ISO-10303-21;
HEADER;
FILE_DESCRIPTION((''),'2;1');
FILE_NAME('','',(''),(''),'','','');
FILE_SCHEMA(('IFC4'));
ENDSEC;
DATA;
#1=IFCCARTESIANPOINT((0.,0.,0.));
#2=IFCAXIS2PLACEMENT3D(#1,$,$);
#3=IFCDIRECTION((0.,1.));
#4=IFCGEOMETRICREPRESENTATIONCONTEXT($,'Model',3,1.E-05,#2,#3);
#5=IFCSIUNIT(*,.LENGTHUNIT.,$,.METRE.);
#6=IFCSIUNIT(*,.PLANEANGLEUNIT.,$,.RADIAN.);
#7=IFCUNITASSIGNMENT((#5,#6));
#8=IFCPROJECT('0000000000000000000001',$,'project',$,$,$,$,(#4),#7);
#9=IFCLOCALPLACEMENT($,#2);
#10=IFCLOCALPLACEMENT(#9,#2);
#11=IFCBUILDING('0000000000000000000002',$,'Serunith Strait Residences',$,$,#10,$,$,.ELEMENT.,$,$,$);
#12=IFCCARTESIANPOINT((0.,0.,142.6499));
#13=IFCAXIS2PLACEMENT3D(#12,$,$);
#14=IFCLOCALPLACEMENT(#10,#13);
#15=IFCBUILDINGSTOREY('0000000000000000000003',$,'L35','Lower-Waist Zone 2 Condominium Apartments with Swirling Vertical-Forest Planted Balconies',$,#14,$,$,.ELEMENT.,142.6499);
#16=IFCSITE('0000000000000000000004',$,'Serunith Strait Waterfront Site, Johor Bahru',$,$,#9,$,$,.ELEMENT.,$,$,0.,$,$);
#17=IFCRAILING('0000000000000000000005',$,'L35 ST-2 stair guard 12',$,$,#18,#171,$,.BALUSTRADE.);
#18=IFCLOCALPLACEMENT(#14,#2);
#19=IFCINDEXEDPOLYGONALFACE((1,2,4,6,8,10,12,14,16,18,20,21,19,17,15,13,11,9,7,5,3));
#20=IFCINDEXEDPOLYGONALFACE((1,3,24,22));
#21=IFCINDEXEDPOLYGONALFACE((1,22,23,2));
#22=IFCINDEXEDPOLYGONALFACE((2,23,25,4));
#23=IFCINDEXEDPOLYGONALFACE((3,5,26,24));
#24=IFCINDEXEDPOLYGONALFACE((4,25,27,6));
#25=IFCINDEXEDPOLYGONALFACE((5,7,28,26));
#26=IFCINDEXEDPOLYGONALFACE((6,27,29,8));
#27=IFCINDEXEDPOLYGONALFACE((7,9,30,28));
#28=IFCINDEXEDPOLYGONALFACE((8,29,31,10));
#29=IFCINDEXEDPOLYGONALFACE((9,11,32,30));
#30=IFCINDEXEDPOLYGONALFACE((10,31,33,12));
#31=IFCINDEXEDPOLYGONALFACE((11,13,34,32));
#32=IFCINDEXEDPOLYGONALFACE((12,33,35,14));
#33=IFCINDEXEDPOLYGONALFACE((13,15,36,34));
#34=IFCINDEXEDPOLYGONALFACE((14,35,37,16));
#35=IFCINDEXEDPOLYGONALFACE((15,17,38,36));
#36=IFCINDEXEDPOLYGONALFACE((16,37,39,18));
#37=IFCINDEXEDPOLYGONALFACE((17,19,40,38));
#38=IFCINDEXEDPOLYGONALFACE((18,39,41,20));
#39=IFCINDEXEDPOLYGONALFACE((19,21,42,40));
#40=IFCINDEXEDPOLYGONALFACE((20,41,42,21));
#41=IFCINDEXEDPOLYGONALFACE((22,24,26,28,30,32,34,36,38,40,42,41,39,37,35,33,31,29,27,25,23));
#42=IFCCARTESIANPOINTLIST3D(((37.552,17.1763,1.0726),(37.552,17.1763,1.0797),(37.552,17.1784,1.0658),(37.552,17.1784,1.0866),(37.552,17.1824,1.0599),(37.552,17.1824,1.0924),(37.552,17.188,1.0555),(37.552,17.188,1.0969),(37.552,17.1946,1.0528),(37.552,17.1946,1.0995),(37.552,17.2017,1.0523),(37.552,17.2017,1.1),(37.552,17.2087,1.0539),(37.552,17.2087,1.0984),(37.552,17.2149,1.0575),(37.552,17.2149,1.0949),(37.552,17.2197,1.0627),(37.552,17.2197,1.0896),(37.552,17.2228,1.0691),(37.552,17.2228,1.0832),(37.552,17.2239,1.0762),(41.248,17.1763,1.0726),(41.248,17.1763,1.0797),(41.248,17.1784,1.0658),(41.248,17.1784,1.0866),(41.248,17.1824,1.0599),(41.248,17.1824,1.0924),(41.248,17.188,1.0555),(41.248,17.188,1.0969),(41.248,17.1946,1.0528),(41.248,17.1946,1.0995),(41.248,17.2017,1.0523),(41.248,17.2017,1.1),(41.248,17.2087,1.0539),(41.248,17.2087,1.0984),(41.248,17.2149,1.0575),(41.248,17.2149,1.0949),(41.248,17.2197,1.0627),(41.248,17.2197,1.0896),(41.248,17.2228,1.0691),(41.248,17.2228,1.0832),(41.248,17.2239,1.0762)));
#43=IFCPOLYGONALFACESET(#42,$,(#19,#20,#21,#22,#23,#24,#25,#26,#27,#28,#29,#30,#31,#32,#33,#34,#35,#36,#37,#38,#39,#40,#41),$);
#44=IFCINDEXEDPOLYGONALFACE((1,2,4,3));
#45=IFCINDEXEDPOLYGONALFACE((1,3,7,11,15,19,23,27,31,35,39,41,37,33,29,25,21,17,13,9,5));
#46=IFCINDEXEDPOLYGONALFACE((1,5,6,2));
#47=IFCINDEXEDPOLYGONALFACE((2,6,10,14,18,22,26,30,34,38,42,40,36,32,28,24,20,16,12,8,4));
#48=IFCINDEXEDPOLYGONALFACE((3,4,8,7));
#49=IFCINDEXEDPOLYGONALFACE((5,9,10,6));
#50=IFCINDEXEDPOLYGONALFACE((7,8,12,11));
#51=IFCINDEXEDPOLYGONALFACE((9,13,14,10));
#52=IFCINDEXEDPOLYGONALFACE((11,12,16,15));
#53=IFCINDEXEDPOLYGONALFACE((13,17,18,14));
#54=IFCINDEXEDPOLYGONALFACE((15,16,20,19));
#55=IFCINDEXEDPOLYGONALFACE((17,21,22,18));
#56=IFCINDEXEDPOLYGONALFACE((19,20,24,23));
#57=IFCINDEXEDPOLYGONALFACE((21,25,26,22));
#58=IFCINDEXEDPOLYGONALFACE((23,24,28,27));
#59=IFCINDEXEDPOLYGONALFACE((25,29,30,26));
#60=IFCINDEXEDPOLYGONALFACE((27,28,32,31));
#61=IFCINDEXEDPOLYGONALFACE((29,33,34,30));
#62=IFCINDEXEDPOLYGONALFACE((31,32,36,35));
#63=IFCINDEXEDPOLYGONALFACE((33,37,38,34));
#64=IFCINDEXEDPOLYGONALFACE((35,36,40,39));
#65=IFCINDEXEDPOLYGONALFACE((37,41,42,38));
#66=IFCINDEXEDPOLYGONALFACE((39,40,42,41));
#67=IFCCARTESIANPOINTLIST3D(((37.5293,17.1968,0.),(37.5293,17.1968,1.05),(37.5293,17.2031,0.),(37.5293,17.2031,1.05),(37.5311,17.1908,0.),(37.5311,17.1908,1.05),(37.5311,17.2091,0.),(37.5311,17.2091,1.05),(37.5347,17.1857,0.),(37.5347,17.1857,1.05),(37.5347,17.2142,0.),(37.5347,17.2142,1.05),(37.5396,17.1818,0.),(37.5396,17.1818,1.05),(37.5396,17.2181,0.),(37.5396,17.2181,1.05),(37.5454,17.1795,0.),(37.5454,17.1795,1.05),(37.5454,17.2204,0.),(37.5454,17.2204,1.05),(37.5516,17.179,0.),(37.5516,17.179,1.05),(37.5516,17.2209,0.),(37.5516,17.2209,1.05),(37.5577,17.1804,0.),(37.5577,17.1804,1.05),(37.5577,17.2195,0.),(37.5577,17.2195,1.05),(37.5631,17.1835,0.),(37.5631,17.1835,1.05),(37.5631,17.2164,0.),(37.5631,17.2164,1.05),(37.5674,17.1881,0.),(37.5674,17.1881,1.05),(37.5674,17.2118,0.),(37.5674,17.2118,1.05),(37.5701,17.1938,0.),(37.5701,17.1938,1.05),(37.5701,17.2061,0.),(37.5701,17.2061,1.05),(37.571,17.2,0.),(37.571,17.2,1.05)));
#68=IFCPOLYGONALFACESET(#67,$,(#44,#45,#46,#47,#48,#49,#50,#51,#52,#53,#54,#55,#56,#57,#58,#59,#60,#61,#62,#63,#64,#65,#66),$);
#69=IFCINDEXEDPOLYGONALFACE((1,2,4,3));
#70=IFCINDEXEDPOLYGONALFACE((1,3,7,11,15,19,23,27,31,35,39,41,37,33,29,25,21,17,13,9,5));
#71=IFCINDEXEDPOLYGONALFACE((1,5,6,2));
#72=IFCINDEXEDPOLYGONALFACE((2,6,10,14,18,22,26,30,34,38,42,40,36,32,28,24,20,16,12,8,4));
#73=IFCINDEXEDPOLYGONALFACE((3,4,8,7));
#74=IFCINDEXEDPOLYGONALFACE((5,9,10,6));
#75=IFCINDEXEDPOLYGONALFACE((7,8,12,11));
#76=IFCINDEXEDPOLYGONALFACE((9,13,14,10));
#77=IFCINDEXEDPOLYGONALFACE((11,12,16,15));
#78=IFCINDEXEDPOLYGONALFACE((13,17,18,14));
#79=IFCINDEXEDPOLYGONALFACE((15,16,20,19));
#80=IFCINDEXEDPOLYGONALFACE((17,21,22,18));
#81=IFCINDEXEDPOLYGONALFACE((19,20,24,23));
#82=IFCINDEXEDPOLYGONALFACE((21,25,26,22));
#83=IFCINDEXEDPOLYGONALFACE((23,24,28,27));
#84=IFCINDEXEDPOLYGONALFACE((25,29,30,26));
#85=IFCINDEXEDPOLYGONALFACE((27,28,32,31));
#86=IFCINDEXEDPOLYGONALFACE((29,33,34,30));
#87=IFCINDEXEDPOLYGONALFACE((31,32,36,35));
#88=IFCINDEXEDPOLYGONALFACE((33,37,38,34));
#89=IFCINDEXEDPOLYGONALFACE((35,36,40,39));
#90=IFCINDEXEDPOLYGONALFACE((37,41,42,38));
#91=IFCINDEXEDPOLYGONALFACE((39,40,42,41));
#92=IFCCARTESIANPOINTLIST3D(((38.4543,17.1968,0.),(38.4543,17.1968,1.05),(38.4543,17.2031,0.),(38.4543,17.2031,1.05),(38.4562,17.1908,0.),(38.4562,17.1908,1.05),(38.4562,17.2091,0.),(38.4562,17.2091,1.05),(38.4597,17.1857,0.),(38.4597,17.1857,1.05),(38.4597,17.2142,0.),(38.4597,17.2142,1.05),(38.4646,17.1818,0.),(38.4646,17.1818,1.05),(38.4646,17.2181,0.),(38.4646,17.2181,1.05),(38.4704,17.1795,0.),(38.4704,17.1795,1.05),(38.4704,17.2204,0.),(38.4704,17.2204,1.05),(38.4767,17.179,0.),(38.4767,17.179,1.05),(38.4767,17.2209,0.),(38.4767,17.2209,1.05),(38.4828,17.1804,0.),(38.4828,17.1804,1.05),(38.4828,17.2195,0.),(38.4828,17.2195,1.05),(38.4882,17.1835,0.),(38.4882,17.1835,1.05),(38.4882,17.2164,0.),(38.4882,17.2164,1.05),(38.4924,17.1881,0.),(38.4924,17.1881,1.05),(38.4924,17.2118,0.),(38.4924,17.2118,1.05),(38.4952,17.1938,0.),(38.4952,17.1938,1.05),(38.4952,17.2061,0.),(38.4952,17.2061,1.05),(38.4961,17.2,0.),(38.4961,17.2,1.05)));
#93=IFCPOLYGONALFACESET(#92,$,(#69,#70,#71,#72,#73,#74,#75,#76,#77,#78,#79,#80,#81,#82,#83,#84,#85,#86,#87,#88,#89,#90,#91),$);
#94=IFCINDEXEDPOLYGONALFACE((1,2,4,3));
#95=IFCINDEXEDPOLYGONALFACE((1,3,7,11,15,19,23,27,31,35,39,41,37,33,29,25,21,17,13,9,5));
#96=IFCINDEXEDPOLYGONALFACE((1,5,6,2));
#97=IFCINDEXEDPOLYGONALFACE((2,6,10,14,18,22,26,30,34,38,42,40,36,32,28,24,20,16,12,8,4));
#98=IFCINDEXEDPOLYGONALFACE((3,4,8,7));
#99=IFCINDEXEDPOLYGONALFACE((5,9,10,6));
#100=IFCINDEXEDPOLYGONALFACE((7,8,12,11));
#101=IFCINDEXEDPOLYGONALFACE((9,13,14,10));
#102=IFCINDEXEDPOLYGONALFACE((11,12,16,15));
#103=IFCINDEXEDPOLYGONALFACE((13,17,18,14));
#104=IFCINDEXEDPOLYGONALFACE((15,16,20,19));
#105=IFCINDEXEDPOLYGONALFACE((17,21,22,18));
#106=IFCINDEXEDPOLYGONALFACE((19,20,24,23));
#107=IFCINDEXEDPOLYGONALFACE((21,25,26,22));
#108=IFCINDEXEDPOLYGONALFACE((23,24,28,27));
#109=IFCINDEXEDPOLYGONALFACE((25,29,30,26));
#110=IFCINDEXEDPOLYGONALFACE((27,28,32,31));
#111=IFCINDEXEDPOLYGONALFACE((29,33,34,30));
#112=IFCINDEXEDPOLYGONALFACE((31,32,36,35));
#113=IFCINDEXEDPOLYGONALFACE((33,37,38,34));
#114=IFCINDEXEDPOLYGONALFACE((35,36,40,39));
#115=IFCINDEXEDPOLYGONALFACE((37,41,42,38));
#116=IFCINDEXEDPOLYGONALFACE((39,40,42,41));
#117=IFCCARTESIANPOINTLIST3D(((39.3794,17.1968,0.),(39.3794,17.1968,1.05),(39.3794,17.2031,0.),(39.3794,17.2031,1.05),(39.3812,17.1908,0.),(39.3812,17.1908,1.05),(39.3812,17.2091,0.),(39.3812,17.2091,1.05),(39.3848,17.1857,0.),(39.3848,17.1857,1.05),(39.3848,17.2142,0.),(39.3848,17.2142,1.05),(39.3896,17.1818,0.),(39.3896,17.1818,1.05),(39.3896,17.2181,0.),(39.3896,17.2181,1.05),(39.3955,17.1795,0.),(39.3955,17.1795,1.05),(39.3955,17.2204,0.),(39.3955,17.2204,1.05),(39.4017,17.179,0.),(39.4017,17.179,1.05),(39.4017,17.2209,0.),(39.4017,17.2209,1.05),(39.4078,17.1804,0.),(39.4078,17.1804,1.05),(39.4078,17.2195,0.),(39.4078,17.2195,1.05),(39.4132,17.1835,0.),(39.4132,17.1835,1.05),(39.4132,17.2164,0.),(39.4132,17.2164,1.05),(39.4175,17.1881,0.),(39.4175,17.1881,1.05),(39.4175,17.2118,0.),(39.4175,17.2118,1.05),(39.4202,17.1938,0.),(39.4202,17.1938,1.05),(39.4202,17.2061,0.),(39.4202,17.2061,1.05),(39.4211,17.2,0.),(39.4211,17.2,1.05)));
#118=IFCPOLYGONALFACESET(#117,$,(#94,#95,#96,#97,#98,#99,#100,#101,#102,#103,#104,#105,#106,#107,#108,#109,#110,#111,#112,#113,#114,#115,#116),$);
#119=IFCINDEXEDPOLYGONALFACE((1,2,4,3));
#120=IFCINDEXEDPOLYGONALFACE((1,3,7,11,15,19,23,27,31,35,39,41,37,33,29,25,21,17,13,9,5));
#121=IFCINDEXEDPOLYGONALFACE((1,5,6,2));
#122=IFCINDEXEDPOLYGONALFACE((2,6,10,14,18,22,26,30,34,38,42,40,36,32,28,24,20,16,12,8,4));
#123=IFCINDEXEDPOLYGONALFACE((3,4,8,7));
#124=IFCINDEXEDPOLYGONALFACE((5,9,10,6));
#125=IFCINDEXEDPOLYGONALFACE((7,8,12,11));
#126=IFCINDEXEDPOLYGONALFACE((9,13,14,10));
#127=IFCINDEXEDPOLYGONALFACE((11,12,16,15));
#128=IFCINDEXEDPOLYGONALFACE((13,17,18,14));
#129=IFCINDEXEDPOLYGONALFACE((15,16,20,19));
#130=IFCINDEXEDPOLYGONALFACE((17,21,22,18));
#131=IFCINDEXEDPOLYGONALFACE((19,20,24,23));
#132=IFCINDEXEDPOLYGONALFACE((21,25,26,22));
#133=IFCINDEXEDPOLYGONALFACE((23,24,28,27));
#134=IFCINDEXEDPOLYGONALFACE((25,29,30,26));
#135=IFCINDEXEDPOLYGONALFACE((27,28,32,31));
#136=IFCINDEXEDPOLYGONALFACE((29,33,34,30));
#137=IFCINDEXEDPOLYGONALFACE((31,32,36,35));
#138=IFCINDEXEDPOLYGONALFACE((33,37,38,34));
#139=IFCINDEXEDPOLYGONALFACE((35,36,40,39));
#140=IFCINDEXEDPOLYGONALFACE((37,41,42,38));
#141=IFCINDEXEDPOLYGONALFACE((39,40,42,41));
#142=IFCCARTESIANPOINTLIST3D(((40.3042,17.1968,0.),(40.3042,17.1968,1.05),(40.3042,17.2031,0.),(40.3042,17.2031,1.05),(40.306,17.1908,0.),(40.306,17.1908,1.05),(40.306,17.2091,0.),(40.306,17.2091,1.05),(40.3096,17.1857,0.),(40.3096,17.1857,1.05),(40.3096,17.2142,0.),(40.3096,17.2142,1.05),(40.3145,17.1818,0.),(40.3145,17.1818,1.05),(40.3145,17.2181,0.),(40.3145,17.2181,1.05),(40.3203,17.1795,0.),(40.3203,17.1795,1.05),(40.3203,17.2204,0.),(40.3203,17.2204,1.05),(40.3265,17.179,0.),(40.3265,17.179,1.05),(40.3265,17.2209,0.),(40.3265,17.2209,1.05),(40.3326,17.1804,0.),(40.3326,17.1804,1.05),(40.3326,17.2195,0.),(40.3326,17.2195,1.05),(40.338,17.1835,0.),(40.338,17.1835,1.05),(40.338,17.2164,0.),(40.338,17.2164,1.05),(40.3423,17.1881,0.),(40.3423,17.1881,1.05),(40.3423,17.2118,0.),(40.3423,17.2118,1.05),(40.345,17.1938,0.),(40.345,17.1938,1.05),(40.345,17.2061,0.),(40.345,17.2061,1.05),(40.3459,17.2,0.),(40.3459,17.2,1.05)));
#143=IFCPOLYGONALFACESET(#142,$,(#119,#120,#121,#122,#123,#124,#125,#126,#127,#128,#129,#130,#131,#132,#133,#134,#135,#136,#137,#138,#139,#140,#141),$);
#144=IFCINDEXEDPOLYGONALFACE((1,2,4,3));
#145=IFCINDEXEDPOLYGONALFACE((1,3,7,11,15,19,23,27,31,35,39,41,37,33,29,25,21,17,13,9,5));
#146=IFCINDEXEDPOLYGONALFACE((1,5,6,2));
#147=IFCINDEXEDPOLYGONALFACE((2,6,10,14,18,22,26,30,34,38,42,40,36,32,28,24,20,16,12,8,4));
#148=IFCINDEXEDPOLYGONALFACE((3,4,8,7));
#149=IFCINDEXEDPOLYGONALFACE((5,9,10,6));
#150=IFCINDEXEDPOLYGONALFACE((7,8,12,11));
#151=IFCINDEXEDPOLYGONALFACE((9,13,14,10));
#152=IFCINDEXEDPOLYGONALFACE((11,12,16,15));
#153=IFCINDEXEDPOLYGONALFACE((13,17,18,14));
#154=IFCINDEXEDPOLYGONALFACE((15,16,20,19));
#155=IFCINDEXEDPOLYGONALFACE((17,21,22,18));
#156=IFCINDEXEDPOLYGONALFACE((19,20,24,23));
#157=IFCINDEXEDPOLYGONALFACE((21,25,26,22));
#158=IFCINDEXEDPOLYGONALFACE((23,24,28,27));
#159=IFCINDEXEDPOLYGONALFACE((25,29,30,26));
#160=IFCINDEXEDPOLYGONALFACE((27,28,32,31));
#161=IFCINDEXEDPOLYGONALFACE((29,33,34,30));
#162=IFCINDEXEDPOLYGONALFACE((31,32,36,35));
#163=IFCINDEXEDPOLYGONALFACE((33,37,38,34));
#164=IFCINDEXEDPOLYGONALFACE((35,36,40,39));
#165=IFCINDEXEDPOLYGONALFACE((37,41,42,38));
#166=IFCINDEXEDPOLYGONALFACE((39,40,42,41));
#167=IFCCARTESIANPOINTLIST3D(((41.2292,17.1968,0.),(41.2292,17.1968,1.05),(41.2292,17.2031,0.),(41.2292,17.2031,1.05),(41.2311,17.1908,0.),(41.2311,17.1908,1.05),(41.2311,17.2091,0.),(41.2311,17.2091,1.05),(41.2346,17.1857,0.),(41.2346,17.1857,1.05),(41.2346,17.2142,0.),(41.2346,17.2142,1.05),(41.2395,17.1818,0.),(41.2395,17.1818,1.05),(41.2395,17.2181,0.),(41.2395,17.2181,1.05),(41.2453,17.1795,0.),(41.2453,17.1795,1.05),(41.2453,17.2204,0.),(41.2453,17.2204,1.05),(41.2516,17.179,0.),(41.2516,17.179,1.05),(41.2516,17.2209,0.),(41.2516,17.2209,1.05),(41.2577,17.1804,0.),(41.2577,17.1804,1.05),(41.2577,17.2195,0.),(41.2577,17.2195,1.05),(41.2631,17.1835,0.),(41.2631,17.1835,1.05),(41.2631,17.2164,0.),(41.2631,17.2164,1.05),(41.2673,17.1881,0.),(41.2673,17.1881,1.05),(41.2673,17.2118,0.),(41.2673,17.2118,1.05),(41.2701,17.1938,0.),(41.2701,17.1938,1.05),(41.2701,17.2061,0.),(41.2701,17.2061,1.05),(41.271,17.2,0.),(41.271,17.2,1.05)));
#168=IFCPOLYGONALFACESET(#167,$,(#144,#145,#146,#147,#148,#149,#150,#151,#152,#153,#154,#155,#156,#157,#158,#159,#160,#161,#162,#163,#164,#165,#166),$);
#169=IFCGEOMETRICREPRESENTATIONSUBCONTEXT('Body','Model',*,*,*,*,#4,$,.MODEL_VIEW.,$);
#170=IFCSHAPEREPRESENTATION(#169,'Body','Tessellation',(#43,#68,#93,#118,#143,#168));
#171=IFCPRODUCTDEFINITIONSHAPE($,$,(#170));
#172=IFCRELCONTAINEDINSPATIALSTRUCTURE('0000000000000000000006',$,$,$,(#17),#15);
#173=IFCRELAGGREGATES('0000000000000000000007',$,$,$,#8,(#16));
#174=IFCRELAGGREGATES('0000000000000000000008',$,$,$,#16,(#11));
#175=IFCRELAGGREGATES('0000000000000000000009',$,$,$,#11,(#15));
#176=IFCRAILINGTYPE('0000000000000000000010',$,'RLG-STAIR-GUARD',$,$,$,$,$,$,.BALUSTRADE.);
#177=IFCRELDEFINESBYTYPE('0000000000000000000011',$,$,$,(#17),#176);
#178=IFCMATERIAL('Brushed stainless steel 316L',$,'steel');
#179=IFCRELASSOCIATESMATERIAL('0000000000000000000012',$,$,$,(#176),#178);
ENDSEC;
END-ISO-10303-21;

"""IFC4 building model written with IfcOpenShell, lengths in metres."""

from ifc_helpers import new_model, si_unit, direction, frame, origin, origin_2d, place, context, subcontext, project, spatial, circle, extrude, material, type_object, element, save


model = new_model("IFC4")

# Units and contexts
model_context = context("Model", 3, precision=1e-05, world=origin(), true_north=direction((0.0, 1.0)))
body_context = subcontext(model_context, "Body", "Model", "MODEL_VIEW")
ifc_project = project(units=[si_unit("LENGTHUNIT", "METRE"), si_unit("PLANEANGLEUNIT", "RADIAN")], contexts=[model_context])

# Site, building, storey
site_placement = place(None, origin())
site = spatial("IfcSite", under=ifc_project, at=site_placement, Name="Serunith Strait Waterfront Site, Johor Bahru", CompositionType="ELEMENT", RefElevation=0.0)
building_placement = place(site_placement, origin())
building = spatial("IfcBuilding", under=site, at=building_placement, Name="Serunith Strait Residences", CompositionType="ELEMENT")
storey_placement = place(building_placement, frame((0.0, 0.0, 142.6499)))
storey = spatial("IfcBuildingStorey", under=building, at=storey_placement, Name="L35", Description="Lower-Waist Zone 2 Condominium Apartments with Swirling Vertical-Forest Planted Balconies", CompositionType="ELEMENT", Elevation=142.6499)

# Railing
ifc_material_1 = material(Name="Brushed stainless steel 316L", Category="steel")
railing_type_1 = type_object("IfcRailingType", Name="RLG-STAIR-GUARD", PredefinedType="BALUSTRADE", material=ifc_material_1)
railing_1_placement = place(storey_placement, frame((37.55, 17.2, 0.0)))
element("IfcRailing", 1, at=railing_1_placement, inside=storey, type_object=railing_type_1, Name="L35 ST-2 stair guard 12", PredefinedType="BALUSTRADE", context=body_context, shape_type="SweptSolid", body=[
    extrude(circle(Radius=0.0239, at=origin_2d()), frame((0.002, 0.0, 1.0762), z_axis=(1.0, 0.0, 0.0), x_axis=(0.0, 1.0, 0.0)), (0.0, 0.0, 1.0), 3.696),
    extrude(circle(Radius=0.021, at=origin_2d()), origin(), (0.0, 0.0, 1.0), 1.05),
    extrude(circle(Radius=0.021, at=origin_2d()), frame((0.925, 0.0, 0.0)), (0.0, 0.0, 1.0), 1.05),
    extrude(circle(Radius=0.021, at=origin_2d()), frame((1.8501, 0.0, 0.0)), (0.0, 0.0, 1.0), 1.05),
    extrude(circle(Radius=0.021, at=origin_2d()), frame((2.7749, 0.0, 0.0)), (0.0, 0.0, 1.0), 1.05),
    extrude(circle(Radius=0.021, at=origin_2d()), frame((3.7, 0.0, 0.0)), (0.0, 0.0, 1.0), 1.05),
])

save(model, "model.ifc")
